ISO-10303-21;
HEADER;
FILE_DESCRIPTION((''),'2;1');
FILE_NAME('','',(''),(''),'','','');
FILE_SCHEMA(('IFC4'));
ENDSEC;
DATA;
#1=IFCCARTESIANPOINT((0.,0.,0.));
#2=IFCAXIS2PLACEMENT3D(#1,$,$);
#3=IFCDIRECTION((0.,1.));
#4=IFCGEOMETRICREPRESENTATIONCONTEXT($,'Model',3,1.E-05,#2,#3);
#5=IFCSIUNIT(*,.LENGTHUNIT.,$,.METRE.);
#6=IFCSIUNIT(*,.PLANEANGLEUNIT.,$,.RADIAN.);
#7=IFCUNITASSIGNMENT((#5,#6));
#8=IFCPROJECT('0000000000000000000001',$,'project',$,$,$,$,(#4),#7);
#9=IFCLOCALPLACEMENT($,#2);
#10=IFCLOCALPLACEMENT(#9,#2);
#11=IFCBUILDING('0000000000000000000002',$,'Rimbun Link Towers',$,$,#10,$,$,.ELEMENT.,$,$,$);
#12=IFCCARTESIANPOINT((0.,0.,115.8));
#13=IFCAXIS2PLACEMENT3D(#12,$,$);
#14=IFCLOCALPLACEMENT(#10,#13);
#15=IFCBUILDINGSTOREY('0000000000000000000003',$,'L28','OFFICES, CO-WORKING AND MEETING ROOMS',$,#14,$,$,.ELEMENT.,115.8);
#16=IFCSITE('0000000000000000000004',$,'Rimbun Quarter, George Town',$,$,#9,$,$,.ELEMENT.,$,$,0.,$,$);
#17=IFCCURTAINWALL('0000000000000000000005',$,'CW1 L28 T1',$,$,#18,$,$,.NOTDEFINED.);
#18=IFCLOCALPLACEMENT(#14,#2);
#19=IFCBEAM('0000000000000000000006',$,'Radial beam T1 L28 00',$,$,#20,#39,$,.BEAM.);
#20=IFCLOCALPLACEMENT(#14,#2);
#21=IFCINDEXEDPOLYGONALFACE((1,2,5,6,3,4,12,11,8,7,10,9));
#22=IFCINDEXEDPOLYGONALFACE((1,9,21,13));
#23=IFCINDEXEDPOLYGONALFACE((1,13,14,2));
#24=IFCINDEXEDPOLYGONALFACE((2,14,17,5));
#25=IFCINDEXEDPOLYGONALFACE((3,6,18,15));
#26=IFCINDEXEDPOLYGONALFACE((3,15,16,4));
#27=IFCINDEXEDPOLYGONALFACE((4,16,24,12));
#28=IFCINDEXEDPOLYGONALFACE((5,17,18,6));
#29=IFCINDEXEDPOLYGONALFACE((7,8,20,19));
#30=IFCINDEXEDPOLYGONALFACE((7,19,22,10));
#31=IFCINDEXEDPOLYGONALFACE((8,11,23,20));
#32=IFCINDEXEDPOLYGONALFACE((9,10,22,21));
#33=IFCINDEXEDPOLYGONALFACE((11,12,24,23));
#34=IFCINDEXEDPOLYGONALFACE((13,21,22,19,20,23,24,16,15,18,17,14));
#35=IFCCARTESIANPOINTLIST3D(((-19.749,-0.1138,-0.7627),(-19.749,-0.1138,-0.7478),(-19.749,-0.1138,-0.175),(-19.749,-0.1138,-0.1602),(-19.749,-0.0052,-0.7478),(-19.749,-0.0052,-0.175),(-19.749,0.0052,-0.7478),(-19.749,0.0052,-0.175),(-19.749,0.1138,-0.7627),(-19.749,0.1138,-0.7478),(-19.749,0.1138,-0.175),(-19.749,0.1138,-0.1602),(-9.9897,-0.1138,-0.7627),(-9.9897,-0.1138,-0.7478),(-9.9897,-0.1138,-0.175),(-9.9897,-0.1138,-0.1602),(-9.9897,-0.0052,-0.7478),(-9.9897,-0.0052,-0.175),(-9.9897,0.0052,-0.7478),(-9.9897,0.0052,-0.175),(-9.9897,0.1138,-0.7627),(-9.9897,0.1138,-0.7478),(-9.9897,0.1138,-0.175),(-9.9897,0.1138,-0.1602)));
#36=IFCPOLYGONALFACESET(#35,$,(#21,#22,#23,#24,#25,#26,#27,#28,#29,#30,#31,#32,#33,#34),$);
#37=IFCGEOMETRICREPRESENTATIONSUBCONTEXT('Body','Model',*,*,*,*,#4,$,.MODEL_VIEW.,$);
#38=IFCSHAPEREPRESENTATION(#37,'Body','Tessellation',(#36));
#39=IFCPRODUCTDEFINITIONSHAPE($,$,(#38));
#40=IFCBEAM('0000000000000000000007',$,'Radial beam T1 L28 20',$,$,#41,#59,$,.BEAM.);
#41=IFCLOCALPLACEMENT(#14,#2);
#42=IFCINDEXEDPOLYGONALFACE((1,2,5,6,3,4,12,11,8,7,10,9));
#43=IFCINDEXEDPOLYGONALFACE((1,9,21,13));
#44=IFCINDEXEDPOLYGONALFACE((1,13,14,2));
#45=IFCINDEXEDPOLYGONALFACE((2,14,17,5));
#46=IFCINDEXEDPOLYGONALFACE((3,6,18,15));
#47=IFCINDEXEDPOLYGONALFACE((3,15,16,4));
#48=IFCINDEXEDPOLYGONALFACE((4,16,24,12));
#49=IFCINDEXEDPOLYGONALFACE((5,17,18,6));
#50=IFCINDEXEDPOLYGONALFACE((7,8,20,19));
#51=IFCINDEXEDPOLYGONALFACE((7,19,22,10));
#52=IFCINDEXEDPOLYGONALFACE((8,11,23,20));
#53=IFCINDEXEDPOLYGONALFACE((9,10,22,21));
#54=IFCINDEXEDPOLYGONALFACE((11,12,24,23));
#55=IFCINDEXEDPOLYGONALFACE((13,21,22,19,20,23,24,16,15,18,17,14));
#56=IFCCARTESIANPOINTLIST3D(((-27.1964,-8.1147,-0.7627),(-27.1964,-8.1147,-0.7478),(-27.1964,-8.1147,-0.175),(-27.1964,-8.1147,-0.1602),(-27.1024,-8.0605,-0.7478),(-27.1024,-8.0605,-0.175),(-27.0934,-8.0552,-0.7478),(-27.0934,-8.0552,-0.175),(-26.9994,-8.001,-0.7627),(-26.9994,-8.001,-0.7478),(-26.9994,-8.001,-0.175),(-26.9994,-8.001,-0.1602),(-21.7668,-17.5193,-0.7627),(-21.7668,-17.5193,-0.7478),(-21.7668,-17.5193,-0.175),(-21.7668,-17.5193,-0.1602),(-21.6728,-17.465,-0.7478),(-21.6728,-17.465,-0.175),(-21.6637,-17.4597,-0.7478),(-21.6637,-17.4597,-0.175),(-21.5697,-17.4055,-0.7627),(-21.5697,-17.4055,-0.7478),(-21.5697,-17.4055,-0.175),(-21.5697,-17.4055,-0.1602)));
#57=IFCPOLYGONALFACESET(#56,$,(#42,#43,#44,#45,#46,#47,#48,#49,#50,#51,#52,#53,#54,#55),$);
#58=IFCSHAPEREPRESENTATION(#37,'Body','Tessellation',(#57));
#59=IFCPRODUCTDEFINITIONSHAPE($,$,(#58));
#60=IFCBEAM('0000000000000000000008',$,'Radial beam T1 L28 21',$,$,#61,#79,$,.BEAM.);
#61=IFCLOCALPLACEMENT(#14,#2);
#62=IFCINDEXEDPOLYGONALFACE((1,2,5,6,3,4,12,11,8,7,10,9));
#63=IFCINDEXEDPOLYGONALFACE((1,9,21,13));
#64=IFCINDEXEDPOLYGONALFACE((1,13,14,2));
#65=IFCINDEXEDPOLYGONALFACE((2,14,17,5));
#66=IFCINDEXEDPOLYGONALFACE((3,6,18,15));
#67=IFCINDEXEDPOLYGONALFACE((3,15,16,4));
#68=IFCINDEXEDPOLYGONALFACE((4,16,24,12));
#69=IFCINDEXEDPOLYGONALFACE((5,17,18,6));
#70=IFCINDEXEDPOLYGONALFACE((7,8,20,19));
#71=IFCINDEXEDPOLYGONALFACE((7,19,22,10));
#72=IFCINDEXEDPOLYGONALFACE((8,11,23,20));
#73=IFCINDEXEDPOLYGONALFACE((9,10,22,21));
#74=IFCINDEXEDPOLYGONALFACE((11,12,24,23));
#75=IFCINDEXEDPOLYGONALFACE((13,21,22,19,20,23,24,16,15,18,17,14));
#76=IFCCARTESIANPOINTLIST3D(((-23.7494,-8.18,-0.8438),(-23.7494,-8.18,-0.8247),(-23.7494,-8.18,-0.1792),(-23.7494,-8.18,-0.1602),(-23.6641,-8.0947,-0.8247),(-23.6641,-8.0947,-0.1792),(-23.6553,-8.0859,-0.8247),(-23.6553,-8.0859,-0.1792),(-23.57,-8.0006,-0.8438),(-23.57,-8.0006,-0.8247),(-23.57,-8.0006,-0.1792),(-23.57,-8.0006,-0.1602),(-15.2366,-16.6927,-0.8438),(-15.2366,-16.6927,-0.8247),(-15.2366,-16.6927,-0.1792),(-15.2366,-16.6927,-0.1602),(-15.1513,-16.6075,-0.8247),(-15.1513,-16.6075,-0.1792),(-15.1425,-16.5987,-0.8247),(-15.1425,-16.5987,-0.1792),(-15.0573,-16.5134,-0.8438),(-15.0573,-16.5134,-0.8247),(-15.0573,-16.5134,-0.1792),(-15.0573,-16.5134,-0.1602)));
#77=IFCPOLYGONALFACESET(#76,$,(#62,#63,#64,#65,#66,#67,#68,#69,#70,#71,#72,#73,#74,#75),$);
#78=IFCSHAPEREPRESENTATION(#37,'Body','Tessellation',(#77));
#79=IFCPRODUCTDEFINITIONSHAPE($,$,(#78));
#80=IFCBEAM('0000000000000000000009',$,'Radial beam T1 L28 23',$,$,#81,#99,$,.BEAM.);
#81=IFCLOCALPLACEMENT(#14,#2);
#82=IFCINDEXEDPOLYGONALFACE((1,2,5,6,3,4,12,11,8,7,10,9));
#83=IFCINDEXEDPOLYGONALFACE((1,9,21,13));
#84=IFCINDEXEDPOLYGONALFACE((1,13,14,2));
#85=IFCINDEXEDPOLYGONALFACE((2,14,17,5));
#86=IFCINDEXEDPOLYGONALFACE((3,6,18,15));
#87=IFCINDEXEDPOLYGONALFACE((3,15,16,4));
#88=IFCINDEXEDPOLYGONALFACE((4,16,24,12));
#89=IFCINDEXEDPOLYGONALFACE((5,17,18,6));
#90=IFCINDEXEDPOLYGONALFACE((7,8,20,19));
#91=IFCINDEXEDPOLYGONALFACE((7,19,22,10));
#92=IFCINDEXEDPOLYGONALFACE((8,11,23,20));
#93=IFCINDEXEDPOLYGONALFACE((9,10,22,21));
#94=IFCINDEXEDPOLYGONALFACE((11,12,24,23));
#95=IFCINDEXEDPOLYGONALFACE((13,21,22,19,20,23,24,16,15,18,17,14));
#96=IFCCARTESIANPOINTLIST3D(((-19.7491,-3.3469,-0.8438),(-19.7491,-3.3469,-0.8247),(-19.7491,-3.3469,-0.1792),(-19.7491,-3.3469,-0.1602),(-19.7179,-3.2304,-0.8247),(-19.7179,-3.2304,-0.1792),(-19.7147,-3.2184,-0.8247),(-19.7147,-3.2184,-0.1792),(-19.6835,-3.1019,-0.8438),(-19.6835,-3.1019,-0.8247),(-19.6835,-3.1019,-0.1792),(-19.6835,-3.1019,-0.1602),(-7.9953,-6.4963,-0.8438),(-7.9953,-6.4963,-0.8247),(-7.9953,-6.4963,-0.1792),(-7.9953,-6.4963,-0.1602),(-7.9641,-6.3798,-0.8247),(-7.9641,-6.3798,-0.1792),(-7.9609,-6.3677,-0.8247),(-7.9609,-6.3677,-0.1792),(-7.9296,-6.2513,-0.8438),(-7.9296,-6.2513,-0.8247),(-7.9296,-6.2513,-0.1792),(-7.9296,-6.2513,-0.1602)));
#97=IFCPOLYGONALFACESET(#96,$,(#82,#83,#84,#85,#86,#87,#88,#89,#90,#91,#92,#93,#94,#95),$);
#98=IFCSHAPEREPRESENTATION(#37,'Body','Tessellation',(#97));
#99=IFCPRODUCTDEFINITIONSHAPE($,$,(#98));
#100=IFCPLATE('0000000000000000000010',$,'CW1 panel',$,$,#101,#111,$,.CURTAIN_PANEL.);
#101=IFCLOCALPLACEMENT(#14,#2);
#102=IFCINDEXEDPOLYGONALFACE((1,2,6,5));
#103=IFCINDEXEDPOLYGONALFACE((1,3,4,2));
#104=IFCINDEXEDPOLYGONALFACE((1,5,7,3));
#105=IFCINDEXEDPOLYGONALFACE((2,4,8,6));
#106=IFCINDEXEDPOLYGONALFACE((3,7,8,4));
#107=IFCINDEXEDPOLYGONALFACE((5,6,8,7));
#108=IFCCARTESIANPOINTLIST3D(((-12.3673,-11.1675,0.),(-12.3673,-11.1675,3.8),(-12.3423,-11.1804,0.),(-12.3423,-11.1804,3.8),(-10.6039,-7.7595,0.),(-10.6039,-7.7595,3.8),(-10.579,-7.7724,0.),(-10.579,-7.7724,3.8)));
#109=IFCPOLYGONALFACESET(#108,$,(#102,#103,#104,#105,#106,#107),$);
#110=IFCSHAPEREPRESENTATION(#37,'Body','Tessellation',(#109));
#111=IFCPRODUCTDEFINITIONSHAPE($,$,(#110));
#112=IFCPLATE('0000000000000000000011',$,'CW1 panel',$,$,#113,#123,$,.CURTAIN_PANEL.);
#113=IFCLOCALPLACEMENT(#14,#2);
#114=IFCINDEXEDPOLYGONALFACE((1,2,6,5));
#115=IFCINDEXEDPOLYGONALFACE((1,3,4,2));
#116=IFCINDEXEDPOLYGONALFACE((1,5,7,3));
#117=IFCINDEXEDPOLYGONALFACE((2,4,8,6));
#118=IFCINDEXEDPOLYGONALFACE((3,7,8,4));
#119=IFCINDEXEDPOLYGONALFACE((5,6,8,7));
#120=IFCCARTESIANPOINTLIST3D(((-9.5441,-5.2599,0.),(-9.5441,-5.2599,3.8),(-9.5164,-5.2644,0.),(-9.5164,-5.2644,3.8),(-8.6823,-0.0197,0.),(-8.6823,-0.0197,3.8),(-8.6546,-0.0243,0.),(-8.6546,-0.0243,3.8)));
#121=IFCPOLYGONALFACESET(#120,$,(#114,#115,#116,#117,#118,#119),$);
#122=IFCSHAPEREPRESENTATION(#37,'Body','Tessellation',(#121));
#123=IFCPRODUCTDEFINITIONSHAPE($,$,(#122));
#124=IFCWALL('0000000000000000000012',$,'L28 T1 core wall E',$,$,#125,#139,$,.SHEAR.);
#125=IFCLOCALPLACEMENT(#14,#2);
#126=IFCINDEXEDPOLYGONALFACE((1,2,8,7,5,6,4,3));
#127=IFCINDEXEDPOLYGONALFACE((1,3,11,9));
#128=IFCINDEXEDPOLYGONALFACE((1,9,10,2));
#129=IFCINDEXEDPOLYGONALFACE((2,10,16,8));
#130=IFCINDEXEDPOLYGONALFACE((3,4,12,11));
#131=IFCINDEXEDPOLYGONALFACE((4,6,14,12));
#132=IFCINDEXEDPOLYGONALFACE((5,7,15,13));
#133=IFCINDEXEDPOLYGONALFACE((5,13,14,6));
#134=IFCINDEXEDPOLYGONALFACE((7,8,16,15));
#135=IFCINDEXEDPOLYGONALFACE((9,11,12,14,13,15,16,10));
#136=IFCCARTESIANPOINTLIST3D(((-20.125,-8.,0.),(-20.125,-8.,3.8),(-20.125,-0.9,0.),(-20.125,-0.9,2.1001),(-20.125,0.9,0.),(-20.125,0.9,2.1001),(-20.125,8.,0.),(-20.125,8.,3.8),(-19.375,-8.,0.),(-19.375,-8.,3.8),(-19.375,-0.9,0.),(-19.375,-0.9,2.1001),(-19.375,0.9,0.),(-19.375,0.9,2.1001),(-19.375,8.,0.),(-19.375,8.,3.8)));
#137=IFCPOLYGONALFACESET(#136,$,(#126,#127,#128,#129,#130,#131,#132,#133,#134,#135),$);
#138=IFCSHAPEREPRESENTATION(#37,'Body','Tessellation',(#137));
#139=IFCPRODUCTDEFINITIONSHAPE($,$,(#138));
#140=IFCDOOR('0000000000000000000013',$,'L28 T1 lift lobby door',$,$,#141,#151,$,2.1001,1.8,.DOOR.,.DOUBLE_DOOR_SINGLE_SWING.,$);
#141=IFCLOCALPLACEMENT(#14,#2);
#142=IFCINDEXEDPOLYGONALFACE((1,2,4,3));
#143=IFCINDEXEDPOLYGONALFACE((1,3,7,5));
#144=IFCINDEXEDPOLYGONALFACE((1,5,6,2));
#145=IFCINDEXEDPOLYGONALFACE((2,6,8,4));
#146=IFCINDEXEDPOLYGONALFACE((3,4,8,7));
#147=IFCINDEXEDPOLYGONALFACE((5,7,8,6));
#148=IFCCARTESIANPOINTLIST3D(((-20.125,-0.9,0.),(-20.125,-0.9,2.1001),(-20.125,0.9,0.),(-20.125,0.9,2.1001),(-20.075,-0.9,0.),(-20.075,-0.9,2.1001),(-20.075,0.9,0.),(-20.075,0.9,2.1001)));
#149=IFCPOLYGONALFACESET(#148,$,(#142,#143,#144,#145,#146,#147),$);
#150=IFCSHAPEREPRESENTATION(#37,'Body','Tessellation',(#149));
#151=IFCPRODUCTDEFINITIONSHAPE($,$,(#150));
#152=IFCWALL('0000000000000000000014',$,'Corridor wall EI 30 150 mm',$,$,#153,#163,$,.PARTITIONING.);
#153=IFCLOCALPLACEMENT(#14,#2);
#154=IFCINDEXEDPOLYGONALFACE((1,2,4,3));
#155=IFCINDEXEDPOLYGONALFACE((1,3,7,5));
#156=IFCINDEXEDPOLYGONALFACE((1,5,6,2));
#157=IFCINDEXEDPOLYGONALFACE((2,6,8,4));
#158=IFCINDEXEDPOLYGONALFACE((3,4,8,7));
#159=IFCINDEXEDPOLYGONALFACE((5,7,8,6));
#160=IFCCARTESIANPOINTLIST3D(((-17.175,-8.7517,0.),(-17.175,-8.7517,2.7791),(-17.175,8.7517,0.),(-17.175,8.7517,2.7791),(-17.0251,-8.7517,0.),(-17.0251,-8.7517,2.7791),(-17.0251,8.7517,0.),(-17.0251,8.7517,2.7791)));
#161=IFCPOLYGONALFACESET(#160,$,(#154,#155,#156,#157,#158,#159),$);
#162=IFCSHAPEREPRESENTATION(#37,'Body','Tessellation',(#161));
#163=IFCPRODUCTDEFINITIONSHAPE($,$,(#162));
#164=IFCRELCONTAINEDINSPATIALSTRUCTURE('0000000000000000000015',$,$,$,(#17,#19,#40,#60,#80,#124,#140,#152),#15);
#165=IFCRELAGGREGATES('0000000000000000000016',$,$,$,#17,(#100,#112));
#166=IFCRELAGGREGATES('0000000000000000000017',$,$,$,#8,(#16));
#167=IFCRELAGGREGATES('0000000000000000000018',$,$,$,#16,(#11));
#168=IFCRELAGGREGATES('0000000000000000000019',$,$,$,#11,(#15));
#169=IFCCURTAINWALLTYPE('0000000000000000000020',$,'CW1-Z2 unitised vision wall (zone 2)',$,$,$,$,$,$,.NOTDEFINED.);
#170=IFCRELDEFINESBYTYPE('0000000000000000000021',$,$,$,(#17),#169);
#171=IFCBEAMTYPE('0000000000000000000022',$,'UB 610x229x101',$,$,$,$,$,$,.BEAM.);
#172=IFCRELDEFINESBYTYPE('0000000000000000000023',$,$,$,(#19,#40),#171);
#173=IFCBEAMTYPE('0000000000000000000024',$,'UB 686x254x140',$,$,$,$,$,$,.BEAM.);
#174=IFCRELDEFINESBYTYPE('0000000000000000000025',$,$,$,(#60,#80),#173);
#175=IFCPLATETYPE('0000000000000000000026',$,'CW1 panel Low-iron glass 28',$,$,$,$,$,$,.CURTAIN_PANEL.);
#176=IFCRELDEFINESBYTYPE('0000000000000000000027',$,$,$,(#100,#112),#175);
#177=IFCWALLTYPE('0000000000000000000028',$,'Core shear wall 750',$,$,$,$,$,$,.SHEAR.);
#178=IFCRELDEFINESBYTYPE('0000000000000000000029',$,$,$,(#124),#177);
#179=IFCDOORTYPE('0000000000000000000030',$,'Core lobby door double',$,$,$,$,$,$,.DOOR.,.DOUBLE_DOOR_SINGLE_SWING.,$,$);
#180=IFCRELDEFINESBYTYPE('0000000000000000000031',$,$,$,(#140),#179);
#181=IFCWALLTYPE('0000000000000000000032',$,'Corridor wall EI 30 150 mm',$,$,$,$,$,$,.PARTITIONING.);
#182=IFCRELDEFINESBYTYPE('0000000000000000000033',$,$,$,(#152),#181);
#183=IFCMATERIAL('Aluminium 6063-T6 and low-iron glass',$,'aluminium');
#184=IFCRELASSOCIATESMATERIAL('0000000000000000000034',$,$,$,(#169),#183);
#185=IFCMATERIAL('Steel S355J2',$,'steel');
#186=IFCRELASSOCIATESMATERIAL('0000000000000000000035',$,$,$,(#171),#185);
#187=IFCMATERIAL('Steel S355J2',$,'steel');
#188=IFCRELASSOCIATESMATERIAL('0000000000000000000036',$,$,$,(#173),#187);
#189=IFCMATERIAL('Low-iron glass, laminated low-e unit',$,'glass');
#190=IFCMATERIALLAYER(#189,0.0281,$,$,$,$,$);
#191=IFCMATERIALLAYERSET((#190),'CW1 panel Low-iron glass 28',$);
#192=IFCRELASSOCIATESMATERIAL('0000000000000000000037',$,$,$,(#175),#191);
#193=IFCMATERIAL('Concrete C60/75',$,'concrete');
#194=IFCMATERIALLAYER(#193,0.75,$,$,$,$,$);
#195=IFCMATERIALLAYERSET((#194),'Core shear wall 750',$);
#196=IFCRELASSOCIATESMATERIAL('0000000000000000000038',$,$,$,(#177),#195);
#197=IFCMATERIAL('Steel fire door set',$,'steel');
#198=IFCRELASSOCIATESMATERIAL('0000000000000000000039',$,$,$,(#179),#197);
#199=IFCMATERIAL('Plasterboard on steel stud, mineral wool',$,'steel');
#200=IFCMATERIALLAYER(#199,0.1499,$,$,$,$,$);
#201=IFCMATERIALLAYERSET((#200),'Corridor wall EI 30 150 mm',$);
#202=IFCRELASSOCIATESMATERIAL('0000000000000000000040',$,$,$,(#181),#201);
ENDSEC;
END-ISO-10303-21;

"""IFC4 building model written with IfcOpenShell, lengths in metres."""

from ifc_helpers import new_model, si_unit, direction, frame, frame_2d, origin, origin_2d, place, context, subcontext, project, spatial, rectangle, i_section, extrude, material, layer, layer_set, material_profile, profile_set, type_object, element, fill, aggregate, save


model = new_model("IFC4")

# Units and contexts
model_context = context("Model", 3, precision=1e-05, world=origin(), true_north=direction((0.0, 1.0)))
body_context = subcontext(model_context, "Body", "Model", "MODEL_VIEW")
ifc_project = project(units=[si_unit("LENGTHUNIT", "METRE"), si_unit("PLANEANGLEUNIT", "RADIAN")], contexts=[model_context])

# Site, building, storey
site_placement = place(None, origin())
site = spatial("IfcSite", under=ifc_project, at=site_placement, Name="Rimbun Quarter, George Town", CompositionType="ELEMENT", RefElevation=0.0)
building_placement = place(site_placement, origin())
building = spatial("IfcBuilding", under=site, at=building_placement, Name="Rimbun Link Towers", CompositionType="ELEMENT")
storey_placement = place(building_placement, frame((0.0, 0.0, 115.8)))
storey = spatial("IfcBuildingStorey", under=building, at=storey_placement, Name="L28", Description="OFFICES, CO-WORKING AND MEETING ROOMS", CompositionType="ELEMENT", Elevation=115.8)

# Curtain wall
ifc_material_1 = material(Name="Aluminium 6063-T6 and low-iron glass", Category="aluminium")
curtain_wall_type = type_object("IfcCurtainWallType", Name="CW1-Z2 unitised vision wall (zone 2)", PredefinedType="NOTDEFINED", material=ifc_material_1)
curtain_wall_placement = place(storey_placement, origin())
curtain_wall = element("IfcCurtainWall", 1, at=curtain_wall_placement, inside=storey, type_object=curtain_wall_type, Name="CW1 L28 T1", PredefinedType="NOTDEFINED")

# Beams
ifc_material_2 = material(Name="Steel S355J2", Category="steel")
ifc_material_profile_1 = material_profile(ifc_material_2, i_section(OverallWidth=0.2275, OverallDepth=0.6025, WebThickness=0.0105, FlangeThickness=0.0149, at=origin_2d()), Name="UB 610x229x101")
ifc_profile_set_1 = profile_set([ifc_material_profile_1], Name="Steel S355J2")
beam_type_1 = type_object("IfcBeamType", Name="UB 610x229x101", PredefinedType="BEAM", material=ifc_profile_set_1)
beam_1_placement = place(storey_placement, frame((-19.749, 0.0, -0.4614), z_axis=(1.0, 0.0, 0.0), x_axis=(0.0, 1.0, 0.0)))
element("IfcBeam", 2, at=beam_1_placement, inside=storey, type_object=beam_type_1, Name="Radial beam T1 L28 00", PredefinedType="BEAM", context=body_context, shape_type="SweptSolid", body=[
    extrude(i_section(OverallWidth=0.2275, OverallDepth=0.6025, WebThickness=0.0105, FlangeThickness=0.0149, at=origin_2d()), origin(), (0.0, 0.0, 1.0), 9.7593),
])
beam_2_placement = place(storey_placement, frame((-27.0979, -8.0579, -0.4614), z_axis=(0.499998, -0.866026, 0.0), x_axis=(0.866026, 0.499998, 0.0)))
element("IfcBeam", 3, at=beam_2_placement, inside=storey, type_object=beam_type_1, Name="Radial beam T1 L28 20", PredefinedType="BEAM", context=body_context, shape_type="SweptSolid", body=[
    extrude(i_section(OverallWidth=0.2275, OverallDepth=0.6025, WebThickness=0.0105, FlangeThickness=0.0149, at=origin_2d()), origin(), (0.0, 0.0, 1.0), 10.8594),
])
ifc_material_3 = material(Name="Steel S355J2", Category="steel")
ifc_material_profile_2 = material_profile(ifc_material_3, i_section(OverallWidth=0.2537, OverallDepth=0.6836, WebThickness=0.0125, FlangeThickness=0.019, at=origin_2d()), Name="UB 686x254x140")
ifc_profile_set_2 = profile_set([ifc_material_profile_2], Name="Steel S355J2")
beam_type_2 = type_object("IfcBeamType", Name="UB 686x254x140", PredefinedType="BEAM", material=ifc_profile_set_2)
beam_3_placement = place(storey_placement, frame((-23.6597, -8.0903, -0.502), z_axis=(0.707107, -0.707107, 0.0), x_axis=(0.707107, 0.707107, 0.0)))
element("IfcBeam", 4, at=beam_3_placement, inside=storey, type_object=beam_type_2, Name="Radial beam T1 L28 21", PredefinedType="BEAM", context=body_context, shape_type="SweptSolid", body=[
    extrude(i_section(OverallWidth=0.2537, OverallDepth=0.6836, WebThickness=0.0125, FlangeThickness=0.019, at=origin_2d()), origin(), (0.0, 0.0, 1.0), 12.0388),
])
beam_4_placement = place(storey_placement, frame((-19.7163, -3.2244, -0.502), z_axis=(0.965927, -0.258816, 0.0), x_axis=(0.258816, 0.965927, 0.0)))
element("IfcBeam", 5, at=beam_4_placement, inside=storey, type_object=beam_type_2, Name="Radial beam T1 L28 23", PredefinedType="BEAM", context=body_context, shape_type="SweptSolid", body=[
    extrude(i_section(OverallWidth=0.2537, OverallDepth=0.6836, WebThickness=0.0125, FlangeThickness=0.019, at=origin_2d()), origin(), (0.0, 0.0, 1.0), 12.1685),
])

# Plates
ifc_material_4 = material(Name="Low-iron glass, laminated low-e unit", Category="glass")
ifc_layer_1 = layer(ifc_material_4, 0.0281)
ifc_layer_set_1 = layer_set([ifc_layer_1], Name="CW1 panel Low-iron glass 28")
plate_type = type_object("IfcPlateType", Name="CW1 panel Low-iron glass 28", PredefinedType="CURTAIN_PANEL", material=ifc_layer_set_1)
plate_1_placement = place(storey_placement, frame((-11.4731, -9.47, 0.0), z_axis=(0.0, 0.0, 1.0), x_axis=(-0.459541, -0.888157, 0.0)))
plate_1 = element("IfcPlate", 6, at=plate_1_placement, type_object=plate_type, Name="CW1 panel", PredefinedType="CURTAIN_PANEL", context=body_context, shape_type="SweptSolid", body=[
    extrude(rectangle(XDim=3.8372, YDim=0.0281, at=origin_2d()), origin(), (0.0, 0.0, 1.0), 3.8),
])
plate_2_placement = place(storey_placement, frame((-9.0994, -2.6421, 0.0), z_axis=(0.0, 0.0, 1.0), x_axis=(-0.162269, -0.986747, 0.0)))
plate_2 = element("IfcPlate", 7, at=plate_2_placement, type_object=plate_type, Name="CW1 panel", PredefinedType="CURTAIN_PANEL", context=body_context, shape_type="SweptSolid", body=[
    extrude(rectangle(XDim=5.3105, YDim=0.0281, at=origin_2d()), origin(), (0.0, 0.0, 1.0), 3.8),
])
aggregate(curtain_wall, [plate_1, plate_2])

# Wall, opening, door
ifc_material_5 = material(Name="Concrete C60/75", Category="concrete")
ifc_layer_2 = layer(ifc_material_5, 0.75)
ifc_layer_set_2 = layer_set([ifc_layer_2], Name="Core shear wall 750")
wall_type_1 = type_object("IfcWallType", Name="Core shear wall 750", PredefinedType="SHEAR", material=ifc_layer_set_2)
wall_1_placement = place(storey_placement, frame((-19.75, -8.0, 0.0), z_axis=(0.0, 0.0, 1.0), x_axis=(0.0, 1.0, 0.0)))
wall_1 = element("IfcWall", 8, at=wall_1_placement, inside=storey, type_object=wall_type_1, Name="L28 T1 core wall E", PredefinedType="SHEAR", context=body_context, shape_type="SweptSolid", body=[
    extrude(rectangle(XDim=16.0, YDim=0.75, at=frame_2d((8.0, 0.0))), origin(), (0.0, 0.0, 1.0), 3.8),
])
opening_1_placement = place(wall_1_placement, frame((7.1001, 0.0, 0.0)))
opening_1 = element("IfcOpeningElement", 9, at=opening_1_placement, cuts=wall_1, PredefinedType="OPENING", context=body_context, shape_type="SweptSolid", body=[
    extrude(rectangle(XDim=1.8, YDim=2.1001, at=frame_2d((0.8999, 1.05))), frame((0.0, 0.385, 0.0), z_axis=(0.0, -1.0, 0.0), x_axis=(1.0, 0.0, 0.0)), (0.0, 0.0, 1.0), 0.77),
])
ifc_material_6 = material(Name="Steel fire door set", Category="steel")
door_type_1 = type_object("IfcDoorType", Name="Core lobby door double", OperationType="DOUBLE_DOOR_SINGLE_SWING", PredefinedType="DOOR", material=ifc_material_6)
door_1_placement = place(opening_1_placement, origin())
door_1 = element("IfcDoor", 10, at=door_1_placement, inside=storey, type_object=door_type_1, Name="L28 T1 lift lobby door", OperationType="DOUBLE_DOOR_SINGLE_SWING", OverallHeight=2.1001, OverallWidth=1.8, PredefinedType="DOOR", context=body_context, shape_type="SweptSolid", body=[
    extrude(rectangle(XDim=1.8, YDim=2.1001, at=frame_2d((0.8999, 1.05))), frame((0.0, 0.375, 0.0), z_axis=(0.0, -1.0, 0.0), x_axis=(1.0, 0.0, 0.0)), (0.0, 0.0, 1.0), 0.05),
])
fill(opening_1, door_1)

# Wall
ifc_material_7 = material(Name="Plasterboard on steel stud, mineral wool", Category="steel")
ifc_layer_3 = layer(ifc_material_7, 0.1499)
ifc_layer_set_3 = layer_set([ifc_layer_3], Name="Corridor wall EI 30 150 mm")
wall_type_2 = type_object("IfcWallType", Name="Corridor wall EI 30 150 mm", PredefinedType="PARTITIONING", material=ifc_layer_set_3)
wall_2_placement = place(storey_placement, frame((-17.1001, -8.7517, 0.0), z_axis=(0.0, 0.0, 1.0), x_axis=(0.0, 1.0, 0.0)))
element("IfcWall", 11, at=wall_2_placement, inside=storey, type_object=wall_type_2, Name="Corridor wall EI 30 150 mm", PredefinedType="PARTITIONING", context=body_context, shape_type="SweptSolid", body=[
    extrude(rectangle(XDim=17.5034, YDim=0.1499, at=frame_2d((8.7517, 0.0))), origin(), (0.0, 0.0, 1.0), 2.7791),
])

save(model, "model.ifc")
